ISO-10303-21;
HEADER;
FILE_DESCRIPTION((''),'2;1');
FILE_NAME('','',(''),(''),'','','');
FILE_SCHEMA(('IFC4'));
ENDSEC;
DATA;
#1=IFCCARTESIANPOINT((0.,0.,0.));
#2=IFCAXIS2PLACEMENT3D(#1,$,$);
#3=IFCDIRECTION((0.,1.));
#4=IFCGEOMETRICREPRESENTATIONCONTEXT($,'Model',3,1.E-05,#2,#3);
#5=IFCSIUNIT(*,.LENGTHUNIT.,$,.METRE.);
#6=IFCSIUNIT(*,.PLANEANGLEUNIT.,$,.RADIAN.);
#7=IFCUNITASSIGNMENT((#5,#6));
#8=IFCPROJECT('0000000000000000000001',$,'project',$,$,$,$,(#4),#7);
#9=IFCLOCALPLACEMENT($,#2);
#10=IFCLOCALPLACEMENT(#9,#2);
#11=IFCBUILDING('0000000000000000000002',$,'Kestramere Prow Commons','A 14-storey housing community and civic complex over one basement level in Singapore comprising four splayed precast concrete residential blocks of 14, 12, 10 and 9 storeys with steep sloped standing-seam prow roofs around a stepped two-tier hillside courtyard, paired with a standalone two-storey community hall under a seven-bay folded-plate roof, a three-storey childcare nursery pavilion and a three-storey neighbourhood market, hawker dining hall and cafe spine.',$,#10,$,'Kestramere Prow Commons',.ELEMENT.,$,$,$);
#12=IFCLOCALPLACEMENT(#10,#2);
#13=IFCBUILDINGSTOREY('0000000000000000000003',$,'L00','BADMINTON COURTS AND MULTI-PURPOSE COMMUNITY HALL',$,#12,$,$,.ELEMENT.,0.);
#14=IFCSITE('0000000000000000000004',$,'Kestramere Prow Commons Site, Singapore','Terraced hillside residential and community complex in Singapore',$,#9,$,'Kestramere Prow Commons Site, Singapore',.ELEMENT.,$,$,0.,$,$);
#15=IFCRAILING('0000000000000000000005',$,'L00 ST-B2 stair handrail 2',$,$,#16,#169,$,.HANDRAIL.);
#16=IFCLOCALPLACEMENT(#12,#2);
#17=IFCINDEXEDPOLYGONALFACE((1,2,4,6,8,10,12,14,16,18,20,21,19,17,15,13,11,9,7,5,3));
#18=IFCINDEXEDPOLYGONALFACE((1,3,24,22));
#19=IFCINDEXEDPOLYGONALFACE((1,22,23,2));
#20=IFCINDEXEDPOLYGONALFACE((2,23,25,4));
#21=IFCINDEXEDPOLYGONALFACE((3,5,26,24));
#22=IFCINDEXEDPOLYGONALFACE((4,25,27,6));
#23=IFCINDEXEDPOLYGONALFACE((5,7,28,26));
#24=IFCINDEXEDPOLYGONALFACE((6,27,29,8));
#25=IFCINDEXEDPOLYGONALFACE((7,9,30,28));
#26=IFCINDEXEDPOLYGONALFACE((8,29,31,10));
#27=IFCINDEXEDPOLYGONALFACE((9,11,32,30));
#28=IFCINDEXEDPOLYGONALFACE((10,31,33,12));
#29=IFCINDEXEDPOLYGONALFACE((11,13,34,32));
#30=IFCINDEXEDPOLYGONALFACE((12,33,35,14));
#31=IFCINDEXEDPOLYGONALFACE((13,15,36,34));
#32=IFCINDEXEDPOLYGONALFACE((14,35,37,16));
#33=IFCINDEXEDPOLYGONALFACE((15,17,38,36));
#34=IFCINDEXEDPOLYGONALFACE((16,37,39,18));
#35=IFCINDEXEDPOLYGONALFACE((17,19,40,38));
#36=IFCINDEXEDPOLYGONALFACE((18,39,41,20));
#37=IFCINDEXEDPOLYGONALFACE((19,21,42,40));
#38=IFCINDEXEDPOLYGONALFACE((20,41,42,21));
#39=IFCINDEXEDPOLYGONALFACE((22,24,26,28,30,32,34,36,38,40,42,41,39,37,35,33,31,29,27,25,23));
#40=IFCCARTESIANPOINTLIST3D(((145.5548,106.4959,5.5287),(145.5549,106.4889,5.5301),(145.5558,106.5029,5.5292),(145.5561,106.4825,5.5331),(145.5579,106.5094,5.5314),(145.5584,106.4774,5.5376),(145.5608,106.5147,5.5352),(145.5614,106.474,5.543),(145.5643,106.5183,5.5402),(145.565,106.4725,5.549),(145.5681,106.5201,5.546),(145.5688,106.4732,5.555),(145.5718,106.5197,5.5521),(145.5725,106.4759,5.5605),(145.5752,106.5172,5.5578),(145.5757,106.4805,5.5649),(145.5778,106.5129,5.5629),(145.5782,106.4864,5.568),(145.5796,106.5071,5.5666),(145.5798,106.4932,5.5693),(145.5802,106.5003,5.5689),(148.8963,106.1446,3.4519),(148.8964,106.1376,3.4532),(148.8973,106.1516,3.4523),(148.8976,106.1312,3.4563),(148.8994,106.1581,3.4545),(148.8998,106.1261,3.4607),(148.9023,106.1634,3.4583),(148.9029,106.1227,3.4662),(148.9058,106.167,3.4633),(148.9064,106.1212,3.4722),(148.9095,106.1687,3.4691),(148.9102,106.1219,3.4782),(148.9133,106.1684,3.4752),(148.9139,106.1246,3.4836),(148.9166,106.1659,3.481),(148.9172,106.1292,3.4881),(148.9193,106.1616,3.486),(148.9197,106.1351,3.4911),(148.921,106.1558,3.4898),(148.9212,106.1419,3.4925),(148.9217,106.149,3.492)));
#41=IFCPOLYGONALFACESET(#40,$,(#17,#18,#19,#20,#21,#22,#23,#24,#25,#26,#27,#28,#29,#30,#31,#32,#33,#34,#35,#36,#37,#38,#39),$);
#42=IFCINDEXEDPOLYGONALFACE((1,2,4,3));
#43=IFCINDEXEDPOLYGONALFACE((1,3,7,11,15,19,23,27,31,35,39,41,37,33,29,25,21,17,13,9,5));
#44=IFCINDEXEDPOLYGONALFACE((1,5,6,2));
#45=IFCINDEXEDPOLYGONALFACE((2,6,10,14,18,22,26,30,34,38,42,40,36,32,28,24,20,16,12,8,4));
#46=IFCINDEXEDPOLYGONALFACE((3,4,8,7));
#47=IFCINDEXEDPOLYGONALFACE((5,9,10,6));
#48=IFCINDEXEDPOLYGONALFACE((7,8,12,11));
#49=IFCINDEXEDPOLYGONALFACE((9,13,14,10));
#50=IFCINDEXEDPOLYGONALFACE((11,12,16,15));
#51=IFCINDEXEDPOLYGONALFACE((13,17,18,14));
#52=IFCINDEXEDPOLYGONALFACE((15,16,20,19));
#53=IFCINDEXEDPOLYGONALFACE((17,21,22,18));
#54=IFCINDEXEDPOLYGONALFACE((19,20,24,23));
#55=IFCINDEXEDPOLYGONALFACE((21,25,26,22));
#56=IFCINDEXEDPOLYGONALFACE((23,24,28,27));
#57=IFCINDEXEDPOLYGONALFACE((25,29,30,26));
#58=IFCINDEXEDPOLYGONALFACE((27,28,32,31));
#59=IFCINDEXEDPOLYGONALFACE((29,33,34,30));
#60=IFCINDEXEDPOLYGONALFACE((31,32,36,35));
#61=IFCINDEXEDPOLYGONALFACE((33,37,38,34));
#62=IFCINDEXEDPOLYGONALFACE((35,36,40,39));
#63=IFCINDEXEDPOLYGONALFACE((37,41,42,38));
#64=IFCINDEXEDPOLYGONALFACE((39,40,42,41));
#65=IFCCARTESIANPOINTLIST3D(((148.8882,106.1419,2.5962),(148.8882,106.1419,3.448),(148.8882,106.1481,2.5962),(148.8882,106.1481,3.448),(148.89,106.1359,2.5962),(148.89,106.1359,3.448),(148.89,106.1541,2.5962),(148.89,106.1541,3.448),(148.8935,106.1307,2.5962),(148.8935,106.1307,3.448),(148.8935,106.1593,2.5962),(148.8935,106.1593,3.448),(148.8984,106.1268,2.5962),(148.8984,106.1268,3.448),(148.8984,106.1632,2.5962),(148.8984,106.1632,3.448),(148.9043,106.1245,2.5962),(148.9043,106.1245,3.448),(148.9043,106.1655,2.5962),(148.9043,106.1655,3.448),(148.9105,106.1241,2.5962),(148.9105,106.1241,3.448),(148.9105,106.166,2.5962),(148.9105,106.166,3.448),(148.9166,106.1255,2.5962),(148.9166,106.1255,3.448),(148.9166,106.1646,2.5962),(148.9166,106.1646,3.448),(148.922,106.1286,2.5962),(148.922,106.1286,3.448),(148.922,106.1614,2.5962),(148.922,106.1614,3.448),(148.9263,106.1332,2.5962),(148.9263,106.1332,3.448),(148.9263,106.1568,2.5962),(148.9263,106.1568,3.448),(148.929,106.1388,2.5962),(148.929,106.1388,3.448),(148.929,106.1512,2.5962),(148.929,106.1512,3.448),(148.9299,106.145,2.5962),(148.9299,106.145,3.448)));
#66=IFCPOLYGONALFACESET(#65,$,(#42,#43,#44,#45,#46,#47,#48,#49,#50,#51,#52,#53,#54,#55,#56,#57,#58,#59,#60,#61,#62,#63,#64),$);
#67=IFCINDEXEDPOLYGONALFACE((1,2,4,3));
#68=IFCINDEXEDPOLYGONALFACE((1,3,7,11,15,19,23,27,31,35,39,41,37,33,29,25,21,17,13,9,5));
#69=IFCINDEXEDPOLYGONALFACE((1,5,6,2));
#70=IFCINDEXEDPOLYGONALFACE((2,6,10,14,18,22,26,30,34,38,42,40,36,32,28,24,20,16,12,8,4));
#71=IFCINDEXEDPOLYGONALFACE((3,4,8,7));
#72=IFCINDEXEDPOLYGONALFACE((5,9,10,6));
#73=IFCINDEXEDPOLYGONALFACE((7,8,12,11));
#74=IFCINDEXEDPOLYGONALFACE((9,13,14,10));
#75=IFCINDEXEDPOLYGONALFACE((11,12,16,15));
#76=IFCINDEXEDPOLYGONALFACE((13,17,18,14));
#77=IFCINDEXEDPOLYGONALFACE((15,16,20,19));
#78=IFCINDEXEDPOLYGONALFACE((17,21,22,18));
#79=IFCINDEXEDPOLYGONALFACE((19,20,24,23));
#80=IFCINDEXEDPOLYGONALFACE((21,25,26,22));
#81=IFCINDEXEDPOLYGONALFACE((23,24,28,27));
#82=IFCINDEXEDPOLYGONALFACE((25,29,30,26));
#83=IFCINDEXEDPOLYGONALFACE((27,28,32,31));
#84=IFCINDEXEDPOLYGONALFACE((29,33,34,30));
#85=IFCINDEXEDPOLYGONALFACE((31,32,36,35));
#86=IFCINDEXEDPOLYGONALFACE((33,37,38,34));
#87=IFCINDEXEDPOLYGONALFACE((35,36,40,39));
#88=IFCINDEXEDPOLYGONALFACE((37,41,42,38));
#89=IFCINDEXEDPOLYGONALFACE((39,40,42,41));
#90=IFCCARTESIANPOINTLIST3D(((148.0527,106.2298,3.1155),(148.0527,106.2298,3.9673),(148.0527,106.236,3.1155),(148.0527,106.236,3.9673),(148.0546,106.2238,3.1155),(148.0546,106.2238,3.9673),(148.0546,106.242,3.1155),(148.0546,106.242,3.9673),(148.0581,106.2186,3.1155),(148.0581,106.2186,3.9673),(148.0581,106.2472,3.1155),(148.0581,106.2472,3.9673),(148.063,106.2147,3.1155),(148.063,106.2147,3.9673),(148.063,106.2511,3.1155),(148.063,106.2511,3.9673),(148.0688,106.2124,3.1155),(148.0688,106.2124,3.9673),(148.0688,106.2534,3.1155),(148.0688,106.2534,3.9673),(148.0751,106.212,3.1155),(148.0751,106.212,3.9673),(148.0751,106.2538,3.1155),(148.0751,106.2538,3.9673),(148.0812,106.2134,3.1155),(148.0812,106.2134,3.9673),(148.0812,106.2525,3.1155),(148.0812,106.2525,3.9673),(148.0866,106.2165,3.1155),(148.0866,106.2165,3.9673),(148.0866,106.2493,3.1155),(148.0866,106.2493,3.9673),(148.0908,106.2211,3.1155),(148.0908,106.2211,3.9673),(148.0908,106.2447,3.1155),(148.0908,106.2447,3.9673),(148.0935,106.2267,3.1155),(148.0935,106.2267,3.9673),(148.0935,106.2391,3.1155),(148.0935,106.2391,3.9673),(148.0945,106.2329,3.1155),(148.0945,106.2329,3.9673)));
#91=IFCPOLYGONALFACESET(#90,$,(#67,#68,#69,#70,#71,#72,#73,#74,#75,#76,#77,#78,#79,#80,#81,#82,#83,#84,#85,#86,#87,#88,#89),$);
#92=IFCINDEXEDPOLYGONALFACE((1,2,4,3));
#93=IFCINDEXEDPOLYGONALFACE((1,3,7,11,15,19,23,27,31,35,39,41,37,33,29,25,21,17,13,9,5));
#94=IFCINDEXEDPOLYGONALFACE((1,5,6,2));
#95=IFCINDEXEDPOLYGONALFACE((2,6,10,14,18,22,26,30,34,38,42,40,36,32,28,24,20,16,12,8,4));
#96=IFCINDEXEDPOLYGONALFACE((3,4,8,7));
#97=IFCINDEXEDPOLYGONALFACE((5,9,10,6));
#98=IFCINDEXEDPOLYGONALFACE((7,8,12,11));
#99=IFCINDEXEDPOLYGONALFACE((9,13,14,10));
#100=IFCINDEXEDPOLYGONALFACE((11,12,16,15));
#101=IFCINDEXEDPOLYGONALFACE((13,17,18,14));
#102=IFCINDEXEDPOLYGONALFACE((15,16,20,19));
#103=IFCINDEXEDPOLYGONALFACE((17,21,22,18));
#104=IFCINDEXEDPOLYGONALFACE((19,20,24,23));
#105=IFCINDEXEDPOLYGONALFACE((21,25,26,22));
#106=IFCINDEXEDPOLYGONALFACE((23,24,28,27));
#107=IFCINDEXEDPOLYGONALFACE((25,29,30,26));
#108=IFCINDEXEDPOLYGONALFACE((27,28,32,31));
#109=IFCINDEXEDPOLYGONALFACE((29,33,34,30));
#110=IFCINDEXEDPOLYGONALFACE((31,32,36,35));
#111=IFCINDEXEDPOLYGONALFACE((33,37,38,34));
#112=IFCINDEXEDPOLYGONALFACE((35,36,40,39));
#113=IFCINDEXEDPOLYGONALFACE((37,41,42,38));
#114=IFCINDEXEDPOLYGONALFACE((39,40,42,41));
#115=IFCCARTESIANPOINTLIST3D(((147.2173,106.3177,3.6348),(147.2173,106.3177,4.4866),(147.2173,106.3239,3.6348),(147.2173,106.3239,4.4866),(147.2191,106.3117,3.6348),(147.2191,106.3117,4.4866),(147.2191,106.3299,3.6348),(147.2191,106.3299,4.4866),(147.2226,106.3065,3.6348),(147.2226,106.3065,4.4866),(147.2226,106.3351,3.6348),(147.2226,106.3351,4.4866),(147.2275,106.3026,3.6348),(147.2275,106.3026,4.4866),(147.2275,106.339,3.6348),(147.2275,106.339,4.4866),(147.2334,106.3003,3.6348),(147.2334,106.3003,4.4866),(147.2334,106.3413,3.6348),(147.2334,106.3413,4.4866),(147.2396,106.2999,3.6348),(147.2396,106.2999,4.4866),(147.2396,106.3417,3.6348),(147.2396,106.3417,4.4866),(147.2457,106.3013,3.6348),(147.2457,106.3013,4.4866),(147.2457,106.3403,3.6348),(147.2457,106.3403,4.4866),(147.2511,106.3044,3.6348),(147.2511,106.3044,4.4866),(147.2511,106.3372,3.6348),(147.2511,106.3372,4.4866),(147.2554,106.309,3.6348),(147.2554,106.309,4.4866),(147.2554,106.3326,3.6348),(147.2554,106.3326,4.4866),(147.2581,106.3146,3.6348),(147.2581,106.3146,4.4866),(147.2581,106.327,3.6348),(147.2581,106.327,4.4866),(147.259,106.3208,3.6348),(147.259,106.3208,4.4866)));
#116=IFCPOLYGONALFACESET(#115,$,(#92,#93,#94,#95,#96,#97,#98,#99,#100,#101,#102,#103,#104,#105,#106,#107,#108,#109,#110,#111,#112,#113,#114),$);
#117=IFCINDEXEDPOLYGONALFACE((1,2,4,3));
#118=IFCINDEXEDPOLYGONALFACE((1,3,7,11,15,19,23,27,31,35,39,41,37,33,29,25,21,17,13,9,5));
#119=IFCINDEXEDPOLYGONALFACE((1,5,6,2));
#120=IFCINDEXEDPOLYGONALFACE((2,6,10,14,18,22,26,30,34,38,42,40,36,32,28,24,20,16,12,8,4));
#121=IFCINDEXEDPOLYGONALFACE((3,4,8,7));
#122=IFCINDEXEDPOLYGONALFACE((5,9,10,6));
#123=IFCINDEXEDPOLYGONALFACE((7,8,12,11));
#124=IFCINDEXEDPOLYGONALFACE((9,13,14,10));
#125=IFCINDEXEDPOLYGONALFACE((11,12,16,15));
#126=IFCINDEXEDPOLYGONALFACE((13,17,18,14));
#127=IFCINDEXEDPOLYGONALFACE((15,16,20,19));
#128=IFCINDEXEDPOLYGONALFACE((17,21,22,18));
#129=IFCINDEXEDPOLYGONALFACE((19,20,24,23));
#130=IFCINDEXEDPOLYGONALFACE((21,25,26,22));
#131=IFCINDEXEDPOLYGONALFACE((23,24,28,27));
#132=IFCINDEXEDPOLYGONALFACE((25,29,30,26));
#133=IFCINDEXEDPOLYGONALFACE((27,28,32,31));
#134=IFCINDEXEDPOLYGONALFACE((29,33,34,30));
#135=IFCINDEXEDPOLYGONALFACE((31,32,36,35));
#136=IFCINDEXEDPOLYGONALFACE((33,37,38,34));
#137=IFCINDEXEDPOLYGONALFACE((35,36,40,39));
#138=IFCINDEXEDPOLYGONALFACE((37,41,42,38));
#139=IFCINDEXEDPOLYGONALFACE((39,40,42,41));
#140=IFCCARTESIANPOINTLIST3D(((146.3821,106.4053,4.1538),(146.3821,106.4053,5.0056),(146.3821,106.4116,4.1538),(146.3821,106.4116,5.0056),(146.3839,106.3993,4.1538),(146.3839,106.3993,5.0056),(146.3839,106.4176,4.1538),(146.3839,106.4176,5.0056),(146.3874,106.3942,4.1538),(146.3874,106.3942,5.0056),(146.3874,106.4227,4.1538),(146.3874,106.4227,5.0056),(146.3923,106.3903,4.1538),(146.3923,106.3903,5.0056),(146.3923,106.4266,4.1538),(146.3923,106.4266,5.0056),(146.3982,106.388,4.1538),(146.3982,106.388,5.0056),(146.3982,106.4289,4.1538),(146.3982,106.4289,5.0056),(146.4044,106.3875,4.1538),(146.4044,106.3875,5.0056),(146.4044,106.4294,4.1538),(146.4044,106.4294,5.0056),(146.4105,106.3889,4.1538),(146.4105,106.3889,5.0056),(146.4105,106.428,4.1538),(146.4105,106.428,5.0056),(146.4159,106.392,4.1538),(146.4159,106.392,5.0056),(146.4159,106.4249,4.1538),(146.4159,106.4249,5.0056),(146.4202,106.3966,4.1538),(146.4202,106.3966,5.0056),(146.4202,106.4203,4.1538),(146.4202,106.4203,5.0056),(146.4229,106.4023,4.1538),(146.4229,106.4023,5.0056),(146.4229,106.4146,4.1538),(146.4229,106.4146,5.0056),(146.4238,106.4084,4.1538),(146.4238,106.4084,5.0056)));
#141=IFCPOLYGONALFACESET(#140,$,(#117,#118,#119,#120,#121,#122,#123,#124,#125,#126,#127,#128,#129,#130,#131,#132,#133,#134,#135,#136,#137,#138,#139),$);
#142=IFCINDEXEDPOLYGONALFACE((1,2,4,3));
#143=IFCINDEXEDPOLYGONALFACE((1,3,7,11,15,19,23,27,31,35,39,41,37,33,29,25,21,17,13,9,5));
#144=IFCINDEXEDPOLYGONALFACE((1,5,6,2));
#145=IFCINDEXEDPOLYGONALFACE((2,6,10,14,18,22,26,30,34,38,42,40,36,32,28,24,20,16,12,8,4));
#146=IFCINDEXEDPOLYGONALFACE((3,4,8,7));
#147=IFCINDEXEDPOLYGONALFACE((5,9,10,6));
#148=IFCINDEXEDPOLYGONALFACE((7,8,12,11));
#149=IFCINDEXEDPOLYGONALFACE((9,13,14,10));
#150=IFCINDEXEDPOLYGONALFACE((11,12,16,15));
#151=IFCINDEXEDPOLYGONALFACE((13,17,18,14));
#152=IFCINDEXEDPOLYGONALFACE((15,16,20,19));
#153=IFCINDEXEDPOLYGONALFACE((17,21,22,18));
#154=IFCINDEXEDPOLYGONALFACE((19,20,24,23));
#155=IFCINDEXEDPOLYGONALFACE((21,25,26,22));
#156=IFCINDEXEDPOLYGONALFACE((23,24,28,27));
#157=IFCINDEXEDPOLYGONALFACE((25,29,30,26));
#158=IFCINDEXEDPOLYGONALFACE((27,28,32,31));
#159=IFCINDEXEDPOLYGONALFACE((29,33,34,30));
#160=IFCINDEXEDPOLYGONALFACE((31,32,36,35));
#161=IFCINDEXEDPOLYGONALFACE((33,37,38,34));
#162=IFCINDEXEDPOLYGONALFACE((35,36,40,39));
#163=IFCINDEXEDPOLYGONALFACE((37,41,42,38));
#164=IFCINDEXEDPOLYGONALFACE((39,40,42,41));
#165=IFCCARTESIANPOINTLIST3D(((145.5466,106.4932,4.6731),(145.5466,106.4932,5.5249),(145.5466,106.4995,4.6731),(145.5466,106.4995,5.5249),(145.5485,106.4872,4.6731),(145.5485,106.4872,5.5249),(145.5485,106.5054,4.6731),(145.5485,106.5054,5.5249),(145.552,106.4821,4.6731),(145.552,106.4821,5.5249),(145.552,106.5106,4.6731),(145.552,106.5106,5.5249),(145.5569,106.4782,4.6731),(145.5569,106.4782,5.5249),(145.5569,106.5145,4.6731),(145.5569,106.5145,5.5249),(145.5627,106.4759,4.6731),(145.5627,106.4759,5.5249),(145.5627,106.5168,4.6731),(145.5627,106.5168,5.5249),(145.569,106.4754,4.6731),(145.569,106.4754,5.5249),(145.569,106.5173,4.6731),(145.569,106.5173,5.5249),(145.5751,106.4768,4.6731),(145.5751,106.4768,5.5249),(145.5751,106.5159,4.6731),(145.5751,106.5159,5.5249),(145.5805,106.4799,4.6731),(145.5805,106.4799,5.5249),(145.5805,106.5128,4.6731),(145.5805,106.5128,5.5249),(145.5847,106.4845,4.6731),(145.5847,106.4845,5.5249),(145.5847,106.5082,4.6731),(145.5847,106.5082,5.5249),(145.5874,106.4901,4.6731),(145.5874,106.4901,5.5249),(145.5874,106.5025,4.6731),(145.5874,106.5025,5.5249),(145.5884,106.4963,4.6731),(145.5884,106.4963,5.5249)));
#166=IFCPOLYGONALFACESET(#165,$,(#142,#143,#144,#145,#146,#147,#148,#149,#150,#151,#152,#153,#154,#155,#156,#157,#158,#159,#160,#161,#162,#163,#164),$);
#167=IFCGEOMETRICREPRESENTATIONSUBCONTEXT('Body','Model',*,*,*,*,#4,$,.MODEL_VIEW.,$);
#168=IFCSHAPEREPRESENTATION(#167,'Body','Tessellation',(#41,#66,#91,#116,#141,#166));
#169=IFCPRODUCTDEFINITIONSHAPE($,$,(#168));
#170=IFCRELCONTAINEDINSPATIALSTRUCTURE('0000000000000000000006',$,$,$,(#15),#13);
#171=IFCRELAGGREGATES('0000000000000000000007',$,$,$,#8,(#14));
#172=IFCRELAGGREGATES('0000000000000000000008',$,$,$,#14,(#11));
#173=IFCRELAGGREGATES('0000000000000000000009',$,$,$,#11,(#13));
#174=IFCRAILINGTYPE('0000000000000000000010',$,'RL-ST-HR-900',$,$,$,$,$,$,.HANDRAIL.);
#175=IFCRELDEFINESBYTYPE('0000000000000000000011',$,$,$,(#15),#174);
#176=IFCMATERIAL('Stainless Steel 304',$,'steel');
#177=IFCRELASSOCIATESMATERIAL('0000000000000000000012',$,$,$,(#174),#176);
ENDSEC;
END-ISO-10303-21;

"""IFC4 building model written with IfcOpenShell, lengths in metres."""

from ifc_helpers import new_model, si_unit, direction, frame, origin, origin_2d, place, context, subcontext, project, spatial, circle, extrude, material, type_object, element, save


model = new_model("IFC4")

# Units and contexts
model_context = context("Model", 3, precision=1e-05, world=origin(), true_north=direction((0.0, 1.0)))
body_context = subcontext(model_context, "Body", "Model", "MODEL_VIEW")
ifc_project = project(units=[si_unit("LENGTHUNIT", "METRE"), si_unit("PLANEANGLEUNIT", "RADIAN")], contexts=[model_context])

# Site, building, storey
site_placement = place(None, origin())
site = spatial("IfcSite", under=ifc_project, at=site_placement, Name="Kestramere Prow Commons Site, Singapore", Description="Terraced hillside residential and community complex in Singapore", LongName="Kestramere Prow Commons Site, Singapore", CompositionType="ELEMENT", RefElevation=0.0)
building_placement = place(site_placement, origin())
building = spatial("IfcBuilding", under=site, at=building_placement, Name="Kestramere Prow Commons", Description="A 14-storey housing community and civic complex over one basement level in Singapore comprising four splayed precast concrete residential blocks of 14, 12, 10 and 9 storeys with steep sloped standing-seam prow roofs around a stepped two-tier hillside courtyard, paired with a standalone two-storey community hall under a seven-bay folded-plate roof, a three-storey childcare nursery pavilion and a three-storey neighbourhood market, hawker dining hall and cafe spine.", LongName="Kestramere Prow Commons", CompositionType="ELEMENT")
storey_placement = place(building_placement, origin())
storey = spatial("IfcBuildingStorey", under=building, at=storey_placement, Name="L00", Description="BADMINTON COURTS AND MULTI-PURPOSE COMMUNITY HALL", CompositionType="ELEMENT", Elevation=0.0)

# Railing
ifc_material_1 = material(Name="Stainless Steel 304", Category="steel")
railing_type_1 = type_object("IfcRailingType", Name="RL-ST-HR-900", PredefinedType="HANDRAIL", material=ifc_material_1)
railing_1_placement = place(storey_placement, frame((148.9089, 106.145, 2.5962)))
element("IfcRailing", 1, at=railing_1_placement, inside=storey, type_object=railing_type_1, Name="L00 ST-B2 stair handrail 2", PredefinedType="HANDRAIL", context=body_context, shape_type="SweptSolid", body=[
    extrude(circle(Radius=0.0239, at=origin_2d()), frame((0.0, 0.0, 0.876), z_axis=(-0.845951, 0.08894, 0.525791), x_axis=(-0.10456, -0.994519, 0.0)), (0.0, 0.0, 1.0), 3.95),
    extrude(circle(Radius=0.021, at=origin_2d()), origin(), (0.0, 0.0, 1.0), 0.8518),
    extrude(circle(Radius=0.021, at=origin_2d()), frame((-0.8354, 0.0879, 0.5193)), (0.0, 0.0, 1.0), 0.8518),
    extrude(circle(Radius=0.021, at=origin_2d()), frame((-1.6709, 0.1758, 1.0386)), (0.0, 0.0, 1.0), 0.8518),
    extrude(circle(Radius=0.021, at=origin_2d()), frame((-2.5061, 0.2634, 1.5576)), (0.0, 0.0, 1.0), 0.8518),
    extrude(circle(Radius=0.021, at=origin_2d()), frame((-3.3416, 0.3513, 2.0769)), (0.0, 0.0, 1.0), 0.8518),
])

save(model, "model.ifc")
